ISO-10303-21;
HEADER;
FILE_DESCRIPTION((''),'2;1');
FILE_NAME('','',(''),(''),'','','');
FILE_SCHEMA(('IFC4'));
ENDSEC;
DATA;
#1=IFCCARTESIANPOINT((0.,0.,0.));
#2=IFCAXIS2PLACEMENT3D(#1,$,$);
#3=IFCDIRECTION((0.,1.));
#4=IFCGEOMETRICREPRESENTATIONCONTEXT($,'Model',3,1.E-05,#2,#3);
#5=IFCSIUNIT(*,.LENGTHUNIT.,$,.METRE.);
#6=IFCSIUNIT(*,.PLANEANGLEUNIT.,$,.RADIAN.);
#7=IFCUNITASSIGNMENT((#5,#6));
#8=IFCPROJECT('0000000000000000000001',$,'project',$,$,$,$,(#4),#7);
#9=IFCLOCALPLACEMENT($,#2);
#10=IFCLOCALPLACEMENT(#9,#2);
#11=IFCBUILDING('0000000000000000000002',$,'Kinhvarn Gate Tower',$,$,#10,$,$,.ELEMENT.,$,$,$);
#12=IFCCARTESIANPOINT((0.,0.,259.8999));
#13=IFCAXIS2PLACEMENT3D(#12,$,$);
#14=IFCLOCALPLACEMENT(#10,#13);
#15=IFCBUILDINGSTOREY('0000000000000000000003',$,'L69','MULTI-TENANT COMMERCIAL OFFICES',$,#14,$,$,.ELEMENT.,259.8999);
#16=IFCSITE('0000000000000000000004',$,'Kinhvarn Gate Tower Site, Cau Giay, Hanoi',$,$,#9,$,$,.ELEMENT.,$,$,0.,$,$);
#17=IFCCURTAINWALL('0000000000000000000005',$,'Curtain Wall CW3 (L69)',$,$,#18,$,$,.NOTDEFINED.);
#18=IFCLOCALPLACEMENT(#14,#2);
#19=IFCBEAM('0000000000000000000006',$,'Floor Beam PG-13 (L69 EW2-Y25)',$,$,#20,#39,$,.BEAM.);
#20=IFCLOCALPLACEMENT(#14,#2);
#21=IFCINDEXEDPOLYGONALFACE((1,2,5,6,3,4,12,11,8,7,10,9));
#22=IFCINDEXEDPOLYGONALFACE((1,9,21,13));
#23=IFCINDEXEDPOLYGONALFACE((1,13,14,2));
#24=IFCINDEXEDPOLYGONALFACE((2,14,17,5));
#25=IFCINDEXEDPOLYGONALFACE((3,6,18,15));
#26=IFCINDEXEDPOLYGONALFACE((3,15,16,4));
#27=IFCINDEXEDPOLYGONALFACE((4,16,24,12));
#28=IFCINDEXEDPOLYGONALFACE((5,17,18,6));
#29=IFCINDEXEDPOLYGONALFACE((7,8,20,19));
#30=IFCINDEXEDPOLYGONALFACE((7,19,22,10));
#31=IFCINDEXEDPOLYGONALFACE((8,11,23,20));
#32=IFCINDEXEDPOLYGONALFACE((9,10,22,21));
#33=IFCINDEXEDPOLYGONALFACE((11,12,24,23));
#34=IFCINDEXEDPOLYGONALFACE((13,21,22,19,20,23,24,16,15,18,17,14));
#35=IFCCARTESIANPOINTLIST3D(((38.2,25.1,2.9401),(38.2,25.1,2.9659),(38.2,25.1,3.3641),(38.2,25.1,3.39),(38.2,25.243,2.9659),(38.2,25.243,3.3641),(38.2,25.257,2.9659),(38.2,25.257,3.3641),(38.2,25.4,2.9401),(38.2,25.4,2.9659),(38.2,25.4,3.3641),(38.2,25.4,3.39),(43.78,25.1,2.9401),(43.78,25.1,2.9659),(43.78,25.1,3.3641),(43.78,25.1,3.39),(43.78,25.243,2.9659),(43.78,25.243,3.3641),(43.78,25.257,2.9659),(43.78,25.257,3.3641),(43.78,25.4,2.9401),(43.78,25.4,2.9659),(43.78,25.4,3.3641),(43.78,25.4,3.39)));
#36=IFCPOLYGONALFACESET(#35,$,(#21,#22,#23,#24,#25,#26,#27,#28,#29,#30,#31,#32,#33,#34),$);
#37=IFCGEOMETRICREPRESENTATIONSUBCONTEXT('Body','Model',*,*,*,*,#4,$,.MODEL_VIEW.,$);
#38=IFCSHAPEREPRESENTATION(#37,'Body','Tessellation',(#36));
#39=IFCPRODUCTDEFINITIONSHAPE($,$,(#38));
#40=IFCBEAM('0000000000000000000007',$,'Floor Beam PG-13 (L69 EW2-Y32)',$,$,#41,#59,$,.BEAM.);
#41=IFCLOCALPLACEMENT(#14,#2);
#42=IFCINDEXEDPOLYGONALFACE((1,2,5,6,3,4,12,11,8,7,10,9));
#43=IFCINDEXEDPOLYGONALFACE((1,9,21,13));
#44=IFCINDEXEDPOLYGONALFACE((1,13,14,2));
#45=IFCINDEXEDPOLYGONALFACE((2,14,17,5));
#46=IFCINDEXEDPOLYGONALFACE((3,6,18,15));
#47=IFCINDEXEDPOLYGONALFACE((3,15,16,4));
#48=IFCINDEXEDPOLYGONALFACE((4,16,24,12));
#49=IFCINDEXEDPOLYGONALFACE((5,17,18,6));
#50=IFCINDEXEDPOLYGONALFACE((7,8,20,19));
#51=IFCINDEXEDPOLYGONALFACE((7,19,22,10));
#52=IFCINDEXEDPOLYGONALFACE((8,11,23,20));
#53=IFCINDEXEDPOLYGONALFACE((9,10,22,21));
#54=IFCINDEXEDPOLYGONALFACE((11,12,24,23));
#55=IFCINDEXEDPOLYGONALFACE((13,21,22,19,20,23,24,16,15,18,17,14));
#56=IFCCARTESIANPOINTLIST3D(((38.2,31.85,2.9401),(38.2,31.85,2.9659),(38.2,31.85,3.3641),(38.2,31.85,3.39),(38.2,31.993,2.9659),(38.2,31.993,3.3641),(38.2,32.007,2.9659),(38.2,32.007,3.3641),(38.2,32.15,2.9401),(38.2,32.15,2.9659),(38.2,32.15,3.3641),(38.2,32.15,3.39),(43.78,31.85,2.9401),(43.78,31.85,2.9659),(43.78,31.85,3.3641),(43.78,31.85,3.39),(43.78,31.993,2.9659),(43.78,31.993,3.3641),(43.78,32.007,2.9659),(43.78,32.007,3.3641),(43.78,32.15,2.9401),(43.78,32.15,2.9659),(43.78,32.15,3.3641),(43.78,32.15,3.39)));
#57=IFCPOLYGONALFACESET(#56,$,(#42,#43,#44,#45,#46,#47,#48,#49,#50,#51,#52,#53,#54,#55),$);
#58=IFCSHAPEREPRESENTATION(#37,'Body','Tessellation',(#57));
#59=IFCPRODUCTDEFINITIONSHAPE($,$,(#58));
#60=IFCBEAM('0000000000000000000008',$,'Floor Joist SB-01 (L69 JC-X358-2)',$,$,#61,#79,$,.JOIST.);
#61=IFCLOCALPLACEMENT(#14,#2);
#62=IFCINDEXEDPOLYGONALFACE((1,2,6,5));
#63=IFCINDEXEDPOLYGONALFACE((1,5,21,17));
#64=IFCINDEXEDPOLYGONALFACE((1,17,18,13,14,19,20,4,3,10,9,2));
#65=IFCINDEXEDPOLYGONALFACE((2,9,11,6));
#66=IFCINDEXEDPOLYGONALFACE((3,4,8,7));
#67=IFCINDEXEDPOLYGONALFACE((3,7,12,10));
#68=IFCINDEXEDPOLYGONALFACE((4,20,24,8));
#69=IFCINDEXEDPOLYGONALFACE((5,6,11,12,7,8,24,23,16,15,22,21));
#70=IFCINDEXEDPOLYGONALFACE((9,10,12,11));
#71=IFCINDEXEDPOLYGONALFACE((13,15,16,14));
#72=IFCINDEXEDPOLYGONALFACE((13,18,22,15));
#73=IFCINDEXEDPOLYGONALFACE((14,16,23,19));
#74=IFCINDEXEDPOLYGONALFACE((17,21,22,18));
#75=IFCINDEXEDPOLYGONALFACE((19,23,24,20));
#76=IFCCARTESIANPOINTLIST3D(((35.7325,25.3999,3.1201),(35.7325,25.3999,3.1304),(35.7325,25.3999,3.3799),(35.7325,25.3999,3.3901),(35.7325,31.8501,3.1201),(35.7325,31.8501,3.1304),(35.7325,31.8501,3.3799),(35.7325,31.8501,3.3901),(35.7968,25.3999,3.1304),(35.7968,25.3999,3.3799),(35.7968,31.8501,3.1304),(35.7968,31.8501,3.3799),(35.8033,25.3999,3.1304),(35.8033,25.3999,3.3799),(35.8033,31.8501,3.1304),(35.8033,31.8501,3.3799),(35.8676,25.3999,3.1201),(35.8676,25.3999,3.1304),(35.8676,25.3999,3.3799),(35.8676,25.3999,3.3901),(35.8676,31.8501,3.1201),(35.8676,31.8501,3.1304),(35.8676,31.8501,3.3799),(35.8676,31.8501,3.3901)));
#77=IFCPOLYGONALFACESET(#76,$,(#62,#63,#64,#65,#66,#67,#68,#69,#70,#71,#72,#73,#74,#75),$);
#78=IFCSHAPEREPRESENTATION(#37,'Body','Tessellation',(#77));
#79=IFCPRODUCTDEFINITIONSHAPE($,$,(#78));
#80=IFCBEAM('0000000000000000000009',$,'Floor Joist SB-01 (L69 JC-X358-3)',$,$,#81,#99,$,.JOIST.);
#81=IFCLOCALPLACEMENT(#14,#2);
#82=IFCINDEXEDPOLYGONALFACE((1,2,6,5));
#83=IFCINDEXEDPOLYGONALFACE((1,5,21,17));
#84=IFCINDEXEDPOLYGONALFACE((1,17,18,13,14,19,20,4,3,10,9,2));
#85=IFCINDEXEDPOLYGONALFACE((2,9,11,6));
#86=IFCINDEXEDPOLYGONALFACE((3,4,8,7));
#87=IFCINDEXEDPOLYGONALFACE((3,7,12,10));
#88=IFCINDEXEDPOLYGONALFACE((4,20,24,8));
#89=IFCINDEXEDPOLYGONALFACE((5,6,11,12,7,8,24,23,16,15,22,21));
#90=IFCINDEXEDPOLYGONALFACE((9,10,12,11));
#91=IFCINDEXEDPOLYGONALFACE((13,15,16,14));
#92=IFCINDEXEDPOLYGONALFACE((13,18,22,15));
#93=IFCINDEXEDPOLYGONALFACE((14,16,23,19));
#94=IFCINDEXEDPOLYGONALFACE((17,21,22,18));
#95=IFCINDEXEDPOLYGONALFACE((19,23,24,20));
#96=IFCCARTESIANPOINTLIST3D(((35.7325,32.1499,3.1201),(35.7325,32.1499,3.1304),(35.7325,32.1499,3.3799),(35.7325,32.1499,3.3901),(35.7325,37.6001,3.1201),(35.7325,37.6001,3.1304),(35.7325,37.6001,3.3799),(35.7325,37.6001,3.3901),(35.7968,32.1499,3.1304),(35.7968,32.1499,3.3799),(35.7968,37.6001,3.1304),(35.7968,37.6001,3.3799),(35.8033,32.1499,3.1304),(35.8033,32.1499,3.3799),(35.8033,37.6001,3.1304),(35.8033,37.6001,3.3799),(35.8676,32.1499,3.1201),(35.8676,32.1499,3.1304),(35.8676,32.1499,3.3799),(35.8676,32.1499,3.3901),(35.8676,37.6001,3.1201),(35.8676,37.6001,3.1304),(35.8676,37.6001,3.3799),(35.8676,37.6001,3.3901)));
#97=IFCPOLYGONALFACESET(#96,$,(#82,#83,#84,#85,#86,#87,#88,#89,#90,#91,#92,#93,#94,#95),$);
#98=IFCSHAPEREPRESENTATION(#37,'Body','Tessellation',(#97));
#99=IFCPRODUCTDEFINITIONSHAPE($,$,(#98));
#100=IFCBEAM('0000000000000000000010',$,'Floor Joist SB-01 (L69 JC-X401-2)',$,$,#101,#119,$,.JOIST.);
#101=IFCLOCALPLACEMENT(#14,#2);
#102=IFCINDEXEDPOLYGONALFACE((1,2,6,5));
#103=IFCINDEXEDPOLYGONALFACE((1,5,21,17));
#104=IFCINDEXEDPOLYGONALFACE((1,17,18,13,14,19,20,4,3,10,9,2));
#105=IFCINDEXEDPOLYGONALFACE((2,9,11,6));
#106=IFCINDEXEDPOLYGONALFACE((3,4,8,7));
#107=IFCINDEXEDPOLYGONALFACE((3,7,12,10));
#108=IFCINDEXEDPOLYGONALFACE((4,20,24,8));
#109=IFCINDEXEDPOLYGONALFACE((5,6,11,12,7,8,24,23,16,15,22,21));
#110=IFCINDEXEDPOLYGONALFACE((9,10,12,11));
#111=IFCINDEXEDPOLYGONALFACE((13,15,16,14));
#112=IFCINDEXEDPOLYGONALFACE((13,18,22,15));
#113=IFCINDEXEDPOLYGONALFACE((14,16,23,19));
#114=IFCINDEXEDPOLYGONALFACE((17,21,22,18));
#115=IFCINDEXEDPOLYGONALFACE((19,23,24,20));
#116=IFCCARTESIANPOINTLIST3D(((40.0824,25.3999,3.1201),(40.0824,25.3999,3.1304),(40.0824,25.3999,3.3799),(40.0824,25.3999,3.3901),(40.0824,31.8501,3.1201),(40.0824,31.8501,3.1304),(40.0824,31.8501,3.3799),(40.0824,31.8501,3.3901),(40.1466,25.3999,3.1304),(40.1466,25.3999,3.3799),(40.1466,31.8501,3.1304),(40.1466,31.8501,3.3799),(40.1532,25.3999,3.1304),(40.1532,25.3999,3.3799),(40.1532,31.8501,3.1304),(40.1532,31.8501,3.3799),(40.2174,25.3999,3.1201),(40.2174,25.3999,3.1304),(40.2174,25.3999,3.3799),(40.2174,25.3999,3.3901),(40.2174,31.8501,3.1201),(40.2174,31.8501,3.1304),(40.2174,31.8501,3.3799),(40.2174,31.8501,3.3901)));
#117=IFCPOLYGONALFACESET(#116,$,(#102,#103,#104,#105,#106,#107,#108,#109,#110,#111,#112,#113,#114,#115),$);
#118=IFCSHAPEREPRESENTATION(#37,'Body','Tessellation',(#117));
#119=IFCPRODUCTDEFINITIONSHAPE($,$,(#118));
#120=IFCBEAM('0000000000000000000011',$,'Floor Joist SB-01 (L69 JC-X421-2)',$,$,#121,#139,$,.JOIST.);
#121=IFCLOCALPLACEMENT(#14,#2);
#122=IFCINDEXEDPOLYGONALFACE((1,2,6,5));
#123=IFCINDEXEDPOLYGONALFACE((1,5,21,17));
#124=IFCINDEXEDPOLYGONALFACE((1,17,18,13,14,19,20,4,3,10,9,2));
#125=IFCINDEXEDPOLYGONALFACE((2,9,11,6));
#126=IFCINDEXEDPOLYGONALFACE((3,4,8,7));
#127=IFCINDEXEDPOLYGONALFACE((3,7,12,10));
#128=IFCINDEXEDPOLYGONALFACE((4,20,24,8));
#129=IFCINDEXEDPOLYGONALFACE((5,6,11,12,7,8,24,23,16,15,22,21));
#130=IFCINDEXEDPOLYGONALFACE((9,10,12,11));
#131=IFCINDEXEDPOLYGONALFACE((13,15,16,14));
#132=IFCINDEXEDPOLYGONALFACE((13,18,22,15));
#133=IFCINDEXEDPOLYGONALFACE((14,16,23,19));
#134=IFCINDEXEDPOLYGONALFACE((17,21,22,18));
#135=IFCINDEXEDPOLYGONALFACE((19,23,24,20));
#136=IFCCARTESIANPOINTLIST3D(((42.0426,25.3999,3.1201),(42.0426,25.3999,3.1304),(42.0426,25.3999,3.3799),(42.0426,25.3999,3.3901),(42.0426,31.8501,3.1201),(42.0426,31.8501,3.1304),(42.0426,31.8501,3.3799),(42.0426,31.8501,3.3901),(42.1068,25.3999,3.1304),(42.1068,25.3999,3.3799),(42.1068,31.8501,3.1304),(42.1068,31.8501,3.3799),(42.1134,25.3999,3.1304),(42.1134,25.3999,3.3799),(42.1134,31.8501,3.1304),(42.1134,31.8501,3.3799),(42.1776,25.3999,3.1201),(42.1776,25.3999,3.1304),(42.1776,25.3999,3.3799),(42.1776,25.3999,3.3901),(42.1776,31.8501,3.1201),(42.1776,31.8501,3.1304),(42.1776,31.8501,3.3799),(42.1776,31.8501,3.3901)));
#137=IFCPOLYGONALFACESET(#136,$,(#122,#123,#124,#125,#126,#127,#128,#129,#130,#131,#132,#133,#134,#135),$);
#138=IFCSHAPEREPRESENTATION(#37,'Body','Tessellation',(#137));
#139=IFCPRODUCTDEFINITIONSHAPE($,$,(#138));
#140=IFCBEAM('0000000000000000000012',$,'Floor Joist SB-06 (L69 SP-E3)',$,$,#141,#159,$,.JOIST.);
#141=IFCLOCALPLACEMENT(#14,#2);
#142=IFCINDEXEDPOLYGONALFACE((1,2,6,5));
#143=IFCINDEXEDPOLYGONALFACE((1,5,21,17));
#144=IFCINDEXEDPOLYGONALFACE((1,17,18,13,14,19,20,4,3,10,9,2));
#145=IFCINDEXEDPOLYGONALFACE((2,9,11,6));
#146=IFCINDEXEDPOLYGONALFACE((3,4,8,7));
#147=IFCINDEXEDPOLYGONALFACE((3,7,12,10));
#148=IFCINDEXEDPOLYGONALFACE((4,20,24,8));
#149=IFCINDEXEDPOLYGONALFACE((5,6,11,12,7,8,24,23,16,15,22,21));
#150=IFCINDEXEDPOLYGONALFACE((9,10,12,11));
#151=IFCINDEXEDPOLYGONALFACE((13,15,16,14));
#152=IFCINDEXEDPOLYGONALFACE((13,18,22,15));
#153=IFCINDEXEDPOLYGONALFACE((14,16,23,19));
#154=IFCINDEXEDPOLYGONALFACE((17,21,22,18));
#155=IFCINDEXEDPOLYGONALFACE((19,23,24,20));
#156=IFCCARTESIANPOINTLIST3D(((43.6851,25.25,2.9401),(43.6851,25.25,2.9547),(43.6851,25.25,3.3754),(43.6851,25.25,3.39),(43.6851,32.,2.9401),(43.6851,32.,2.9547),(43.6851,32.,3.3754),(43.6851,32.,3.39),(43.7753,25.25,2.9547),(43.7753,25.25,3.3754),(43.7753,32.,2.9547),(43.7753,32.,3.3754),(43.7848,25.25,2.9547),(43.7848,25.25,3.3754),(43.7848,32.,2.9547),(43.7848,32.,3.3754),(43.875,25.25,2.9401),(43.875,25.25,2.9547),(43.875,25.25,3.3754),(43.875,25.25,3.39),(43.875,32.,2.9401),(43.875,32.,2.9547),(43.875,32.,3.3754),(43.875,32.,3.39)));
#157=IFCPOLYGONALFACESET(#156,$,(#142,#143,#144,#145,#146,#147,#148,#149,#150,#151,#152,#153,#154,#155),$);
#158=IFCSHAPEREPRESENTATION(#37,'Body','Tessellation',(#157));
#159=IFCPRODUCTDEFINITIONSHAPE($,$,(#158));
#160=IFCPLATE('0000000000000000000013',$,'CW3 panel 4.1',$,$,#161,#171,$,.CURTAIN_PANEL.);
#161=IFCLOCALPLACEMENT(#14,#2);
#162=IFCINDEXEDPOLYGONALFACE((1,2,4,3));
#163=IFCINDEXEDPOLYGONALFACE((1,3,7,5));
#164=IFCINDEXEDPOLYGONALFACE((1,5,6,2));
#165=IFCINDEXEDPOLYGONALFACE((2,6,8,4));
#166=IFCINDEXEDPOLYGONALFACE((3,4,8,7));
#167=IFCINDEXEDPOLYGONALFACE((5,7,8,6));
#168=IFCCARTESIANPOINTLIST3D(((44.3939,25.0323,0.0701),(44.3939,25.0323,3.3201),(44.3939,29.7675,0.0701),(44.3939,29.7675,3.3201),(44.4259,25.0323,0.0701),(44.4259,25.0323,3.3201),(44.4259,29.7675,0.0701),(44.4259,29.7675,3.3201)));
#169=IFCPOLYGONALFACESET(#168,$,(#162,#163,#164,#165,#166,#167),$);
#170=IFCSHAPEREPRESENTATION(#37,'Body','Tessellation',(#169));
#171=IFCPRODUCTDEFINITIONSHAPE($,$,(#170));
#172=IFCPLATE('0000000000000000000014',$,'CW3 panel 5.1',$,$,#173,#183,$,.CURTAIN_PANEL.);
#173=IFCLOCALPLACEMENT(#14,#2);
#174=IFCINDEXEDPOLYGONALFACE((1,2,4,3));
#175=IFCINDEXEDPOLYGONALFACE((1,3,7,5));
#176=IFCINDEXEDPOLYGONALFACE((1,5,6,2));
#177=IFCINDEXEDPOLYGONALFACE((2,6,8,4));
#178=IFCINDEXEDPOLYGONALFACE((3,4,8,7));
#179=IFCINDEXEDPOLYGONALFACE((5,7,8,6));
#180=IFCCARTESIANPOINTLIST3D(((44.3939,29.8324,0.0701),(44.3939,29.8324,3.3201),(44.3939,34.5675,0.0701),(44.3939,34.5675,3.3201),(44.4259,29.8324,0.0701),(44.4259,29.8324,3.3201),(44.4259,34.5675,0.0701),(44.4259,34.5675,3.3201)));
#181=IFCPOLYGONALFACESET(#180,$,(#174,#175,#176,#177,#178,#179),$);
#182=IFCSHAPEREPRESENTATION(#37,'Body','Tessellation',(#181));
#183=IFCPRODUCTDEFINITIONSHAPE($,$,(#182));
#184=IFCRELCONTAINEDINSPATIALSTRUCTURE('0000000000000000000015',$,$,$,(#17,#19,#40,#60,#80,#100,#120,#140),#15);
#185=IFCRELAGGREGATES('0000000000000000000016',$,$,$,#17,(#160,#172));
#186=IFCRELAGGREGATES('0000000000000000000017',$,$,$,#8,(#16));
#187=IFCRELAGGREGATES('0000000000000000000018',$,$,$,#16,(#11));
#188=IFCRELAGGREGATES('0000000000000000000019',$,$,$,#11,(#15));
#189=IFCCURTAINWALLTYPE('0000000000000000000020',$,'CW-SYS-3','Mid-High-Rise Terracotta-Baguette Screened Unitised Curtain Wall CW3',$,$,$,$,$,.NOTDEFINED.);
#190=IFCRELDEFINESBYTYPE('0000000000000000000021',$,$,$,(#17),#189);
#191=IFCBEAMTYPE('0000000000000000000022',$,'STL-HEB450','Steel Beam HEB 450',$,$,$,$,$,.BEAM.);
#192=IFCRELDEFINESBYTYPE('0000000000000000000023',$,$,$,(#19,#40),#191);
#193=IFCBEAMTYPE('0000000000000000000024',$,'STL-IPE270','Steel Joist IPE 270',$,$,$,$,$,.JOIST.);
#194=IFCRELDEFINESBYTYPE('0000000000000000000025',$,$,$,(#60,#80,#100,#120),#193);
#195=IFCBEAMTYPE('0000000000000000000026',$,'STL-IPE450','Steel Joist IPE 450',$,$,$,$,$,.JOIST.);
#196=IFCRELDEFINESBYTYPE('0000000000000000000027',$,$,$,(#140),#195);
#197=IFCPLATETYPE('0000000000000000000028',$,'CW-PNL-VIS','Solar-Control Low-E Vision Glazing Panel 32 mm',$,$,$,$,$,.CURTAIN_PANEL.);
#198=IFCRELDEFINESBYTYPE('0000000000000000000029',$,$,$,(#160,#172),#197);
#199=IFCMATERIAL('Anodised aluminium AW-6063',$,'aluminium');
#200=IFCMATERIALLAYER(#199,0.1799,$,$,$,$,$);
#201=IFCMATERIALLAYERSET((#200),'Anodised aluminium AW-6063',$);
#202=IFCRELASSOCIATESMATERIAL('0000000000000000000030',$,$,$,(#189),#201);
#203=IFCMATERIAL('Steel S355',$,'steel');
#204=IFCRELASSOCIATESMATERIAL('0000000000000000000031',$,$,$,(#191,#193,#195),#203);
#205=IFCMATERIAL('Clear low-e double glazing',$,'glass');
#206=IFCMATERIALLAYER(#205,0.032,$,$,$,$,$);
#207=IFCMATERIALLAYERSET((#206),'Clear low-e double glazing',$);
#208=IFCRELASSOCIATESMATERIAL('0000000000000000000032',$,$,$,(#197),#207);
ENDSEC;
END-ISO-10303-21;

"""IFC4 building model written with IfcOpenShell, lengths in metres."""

from ifc_helpers import new_model, si_unit, direction, frame, origin, origin_2d, place, context, subcontext, project, spatial, rectangle, i_section, extrude, material, layer, layer_set, material_profile, profile_set, type_object, element, aggregate, save


model = new_model("IFC4")

# Units and contexts
model_context = context("Model", 3, precision=1e-05, world=origin(), true_north=direction((0.0, 1.0)))
body_context = subcontext(model_context, "Body", "Model", "MODEL_VIEW")
ifc_project = project(units=[si_unit("LENGTHUNIT", "METRE"), si_unit("PLANEANGLEUNIT", "RADIAN")], contexts=[model_context])

# Site, building, storey
site_placement = place(None, origin())
site = spatial("IfcSite", under=ifc_project, at=site_placement, Name="Kinhvarn Gate Tower Site, Cau Giay, Hanoi", CompositionType="ELEMENT", RefElevation=0.0)
building_placement = place(site_placement, origin())
building = spatial("IfcBuilding", under=site, at=building_placement, Name="Kinhvarn Gate Tower", CompositionType="ELEMENT")
storey_placement = place(building_placement, frame((0.0, 0.0, 259.8999)))
storey = spatial("IfcBuildingStorey", under=building, at=storey_placement, Name="L69", Description="MULTI-TENANT COMMERCIAL OFFICES", CompositionType="ELEMENT", Elevation=259.8999)

# Curtain wall
ifc_material_1 = material(Name="Anodised aluminium AW-6063", Category="aluminium")
ifc_layer_1 = layer(ifc_material_1, 0.1799)
ifc_layer_set_1 = layer_set([ifc_layer_1], Name="Anodised aluminium AW-6063")
curtain_wall_type = type_object("IfcCurtainWallType", Name="CW-SYS-3", Description="Mid-High-Rise Terracotta-Baguette Screened Unitised Curtain Wall CW3", PredefinedType="NOTDEFINED", material=ifc_layer_set_1)
curtain_wall_placement = place(storey_placement, origin())
curtain_wall = element("IfcCurtainWall", 1, at=curtain_wall_placement, inside=storey, type_object=curtain_wall_type, Name="Curtain Wall CW3 (L69)", PredefinedType="NOTDEFINED")

# Beams
ifc_material_2 = material(Name="Steel S355", Category="steel")
ifc_material_profile_1 = material_profile(ifc_material_2, i_section(OverallWidth=0.3, OverallDepth=0.45, WebThickness=0.0139, FlangeThickness=0.0259, at=origin_2d()), Name="HEB 450")
ifc_profile_set_1 = profile_set([ifc_material_profile_1], Name="Steel S355")
beam_type_1 = type_object("IfcBeamType", Name="STL-HEB450", Description="Steel Beam HEB 450", PredefinedType="BEAM", material=ifc_profile_set_1)
for number, where, z_axis, x_axis, name in (
    (2, (38.2, 25.25, 3.165), (1.0, 0.0, 0.0), (0.0, 1.0, 0.0), "Floor Beam PG-13 (L69 EW2-Y25)"),
    (3, (38.2, 32.0, 3.165), (1.0, 0.0, 0.0), (0.0, 1.0, 0.0), "Floor Beam PG-13 (L69 EW2-Y32)"),
):
    element("IfcBeam", number, at=place(storey_placement, frame(where, z_axis=z_axis, x_axis=x_axis)), inside=storey, type_object=beam_type_1, Name=name, PredefinedType="BEAM", context=body_context, shape_type="SweptSolid", body=[
        extrude(i_section(OverallWidth=0.3, OverallDepth=0.45, WebThickness=0.0139, FlangeThickness=0.0259, at=origin_2d()), origin(), (0.0, 0.0, 1.0), 5.5801),
    ])
ifc_material_profile_2 = material_profile(ifc_material_2, i_section(OverallWidth=0.135, OverallDepth=0.27, WebThickness=0.0066, FlangeThickness=0.0103, at=origin_2d()), Name="IPE 270")
ifc_profile_set_2 = profile_set([ifc_material_profile_2], Name="Steel S355")
beam_type_2 = type_object("IfcBeamType", Name="STL-IPE270", Description="Steel Joist IPE 270", PredefinedType="JOIST", material=ifc_profile_set_2)
beam_1_placement = place(storey_placement, frame((35.8, 25.3999, 3.2551), z_axis=(0.0, 1.0, 0.0), x_axis=(-1.0, 0.0, 0.0)))
element("IfcBeam", 4, at=beam_1_placement, inside=storey, type_object=beam_type_2, Name="Floor Joist SB-01 (L69 JC-X358-2)", PredefinedType="JOIST", context=body_context, shape_type="SweptSolid", body=[
    extrude(i_section(OverallWidth=0.135, OverallDepth=0.27, WebThickness=0.0066, FlangeThickness=0.0103, at=origin_2d()), origin(), (0.0, 0.0, 1.0), 6.4502),
])
beam_2_placement = place(storey_placement, frame((35.8, 32.1499, 3.2551), z_axis=(0.0, 1.0, 0.0), x_axis=(-1.0, 0.0, 0.0)))
element("IfcBeam", 5, at=beam_2_placement, inside=storey, type_object=beam_type_2, Name="Floor Joist SB-01 (L69 JC-X358-3)", PredefinedType="JOIST", context=body_context, shape_type="SweptSolid", body=[
    extrude(i_section(OverallWidth=0.135, OverallDepth=0.27, WebThickness=0.0066, FlangeThickness=0.0103, at=origin_2d()), origin(), (0.0, 0.0, 1.0), 5.4502),
])
for number, where, z_axis, x_axis, name in (
    (6, (40.1499, 25.3999, 3.2551), (0.0, 1.0, 0.0), (-1.0, 0.0, 0.0), "Floor Joist SB-01 (L69 JC-X401-2)"),
    (7, (42.1101, 25.3999, 3.2551), (0.0, 1.0, 0.0), (-1.0, 0.0, 0.0), "Floor Joist SB-01 (L69 JC-X421-2)"),
):
    element("IfcBeam", number, at=place(storey_placement, frame(where, z_axis=z_axis, x_axis=x_axis)), inside=storey, type_object=beam_type_2, Name=name, PredefinedType="JOIST", context=body_context, shape_type="SweptSolid", body=[
        extrude(i_section(OverallWidth=0.135, OverallDepth=0.27, WebThickness=0.0066, FlangeThickness=0.0103, at=origin_2d()), origin(), (0.0, 0.0, 1.0), 6.4502),
    ])
ifc_material_profile_3 = material_profile(ifc_material_2, i_section(OverallWidth=0.1899, OverallDepth=0.45, WebThickness=0.0095, FlangeThickness=0.0146, at=origin_2d()), Name="IPE 450")
ifc_profile_set_3 = profile_set([ifc_material_profile_3], Name="Steel S355")
beam_type_3 = type_object("IfcBeamType", Name="STL-IPE450", Description="Steel Joist IPE 450", PredefinedType="JOIST", material=ifc_profile_set_3)
beam_3_placement = place(storey_placement, frame((43.78, 25.25, 3.165), z_axis=(0.0, 1.0, 0.0), x_axis=(-1.0, 0.0, 0.0)))
element("IfcBeam", 8, at=beam_3_placement, inside=storey, type_object=beam_type_3, Name="Floor Joist SB-06 (L69 SP-E3)", PredefinedType="JOIST", context=body_context, shape_type="SweptSolid", body=[
    extrude(i_section(OverallWidth=0.1899, OverallDepth=0.45, WebThickness=0.0095, FlangeThickness=0.0146, at=origin_2d()), origin(), (0.0, 0.0, 1.0), 6.75),
])

# Plates
ifc_material_3 = material(Name="Clear low-e double glazing", Category="glass")
ifc_layer_2 = layer(ifc_material_3, 0.032)
ifc_layer_set_2 = layer_set([ifc_layer_2], Name="Clear low-e double glazing")
plate_type = type_object("IfcPlateType", Name="CW-PNL-VIS", Description="Solar-Control Low-E Vision Glazing Panel 32 mm", PredefinedType="CURTAIN_PANEL", material=ifc_layer_set_2)
plate_1_placement = place(storey_placement, frame((44.4099, 27.3999, 0.0701), z_axis=(0.0, 0.0, 1.0), x_axis=(0.0, 1.0, 0.0)))
plate_1 = element("IfcPlate", 9, at=plate_1_placement, type_object=plate_type, Name="CW3 panel 4.1", PredefinedType="CURTAIN_PANEL", context=body_context, shape_type="SweptSolid", body=[
    extrude(rectangle(XDim=4.7351, YDim=0.032, at=origin_2d()), origin(), (0.0, 0.0, 1.0), 3.25),
])
plate_2_placement = place(storey_placement, frame((44.4099, 32.2, 0.0701), z_axis=(0.0, 0.0, 1.0), x_axis=(0.0, 1.0, 0.0)))
plate_2 = element("IfcPlate", 10, at=plate_2_placement, type_object=plate_type, Name="CW3 panel 5.1", PredefinedType="CURTAIN_PANEL", context=body_context, shape_type="SweptSolid", body=[
    extrude(rectangle(XDim=4.7351, YDim=0.032, at=origin_2d()), origin(), (0.0, 0.0, 1.0), 3.25),
])
aggregate(curtain_wall, [plate_1, plate_2])

save(model, "model.ifc")
